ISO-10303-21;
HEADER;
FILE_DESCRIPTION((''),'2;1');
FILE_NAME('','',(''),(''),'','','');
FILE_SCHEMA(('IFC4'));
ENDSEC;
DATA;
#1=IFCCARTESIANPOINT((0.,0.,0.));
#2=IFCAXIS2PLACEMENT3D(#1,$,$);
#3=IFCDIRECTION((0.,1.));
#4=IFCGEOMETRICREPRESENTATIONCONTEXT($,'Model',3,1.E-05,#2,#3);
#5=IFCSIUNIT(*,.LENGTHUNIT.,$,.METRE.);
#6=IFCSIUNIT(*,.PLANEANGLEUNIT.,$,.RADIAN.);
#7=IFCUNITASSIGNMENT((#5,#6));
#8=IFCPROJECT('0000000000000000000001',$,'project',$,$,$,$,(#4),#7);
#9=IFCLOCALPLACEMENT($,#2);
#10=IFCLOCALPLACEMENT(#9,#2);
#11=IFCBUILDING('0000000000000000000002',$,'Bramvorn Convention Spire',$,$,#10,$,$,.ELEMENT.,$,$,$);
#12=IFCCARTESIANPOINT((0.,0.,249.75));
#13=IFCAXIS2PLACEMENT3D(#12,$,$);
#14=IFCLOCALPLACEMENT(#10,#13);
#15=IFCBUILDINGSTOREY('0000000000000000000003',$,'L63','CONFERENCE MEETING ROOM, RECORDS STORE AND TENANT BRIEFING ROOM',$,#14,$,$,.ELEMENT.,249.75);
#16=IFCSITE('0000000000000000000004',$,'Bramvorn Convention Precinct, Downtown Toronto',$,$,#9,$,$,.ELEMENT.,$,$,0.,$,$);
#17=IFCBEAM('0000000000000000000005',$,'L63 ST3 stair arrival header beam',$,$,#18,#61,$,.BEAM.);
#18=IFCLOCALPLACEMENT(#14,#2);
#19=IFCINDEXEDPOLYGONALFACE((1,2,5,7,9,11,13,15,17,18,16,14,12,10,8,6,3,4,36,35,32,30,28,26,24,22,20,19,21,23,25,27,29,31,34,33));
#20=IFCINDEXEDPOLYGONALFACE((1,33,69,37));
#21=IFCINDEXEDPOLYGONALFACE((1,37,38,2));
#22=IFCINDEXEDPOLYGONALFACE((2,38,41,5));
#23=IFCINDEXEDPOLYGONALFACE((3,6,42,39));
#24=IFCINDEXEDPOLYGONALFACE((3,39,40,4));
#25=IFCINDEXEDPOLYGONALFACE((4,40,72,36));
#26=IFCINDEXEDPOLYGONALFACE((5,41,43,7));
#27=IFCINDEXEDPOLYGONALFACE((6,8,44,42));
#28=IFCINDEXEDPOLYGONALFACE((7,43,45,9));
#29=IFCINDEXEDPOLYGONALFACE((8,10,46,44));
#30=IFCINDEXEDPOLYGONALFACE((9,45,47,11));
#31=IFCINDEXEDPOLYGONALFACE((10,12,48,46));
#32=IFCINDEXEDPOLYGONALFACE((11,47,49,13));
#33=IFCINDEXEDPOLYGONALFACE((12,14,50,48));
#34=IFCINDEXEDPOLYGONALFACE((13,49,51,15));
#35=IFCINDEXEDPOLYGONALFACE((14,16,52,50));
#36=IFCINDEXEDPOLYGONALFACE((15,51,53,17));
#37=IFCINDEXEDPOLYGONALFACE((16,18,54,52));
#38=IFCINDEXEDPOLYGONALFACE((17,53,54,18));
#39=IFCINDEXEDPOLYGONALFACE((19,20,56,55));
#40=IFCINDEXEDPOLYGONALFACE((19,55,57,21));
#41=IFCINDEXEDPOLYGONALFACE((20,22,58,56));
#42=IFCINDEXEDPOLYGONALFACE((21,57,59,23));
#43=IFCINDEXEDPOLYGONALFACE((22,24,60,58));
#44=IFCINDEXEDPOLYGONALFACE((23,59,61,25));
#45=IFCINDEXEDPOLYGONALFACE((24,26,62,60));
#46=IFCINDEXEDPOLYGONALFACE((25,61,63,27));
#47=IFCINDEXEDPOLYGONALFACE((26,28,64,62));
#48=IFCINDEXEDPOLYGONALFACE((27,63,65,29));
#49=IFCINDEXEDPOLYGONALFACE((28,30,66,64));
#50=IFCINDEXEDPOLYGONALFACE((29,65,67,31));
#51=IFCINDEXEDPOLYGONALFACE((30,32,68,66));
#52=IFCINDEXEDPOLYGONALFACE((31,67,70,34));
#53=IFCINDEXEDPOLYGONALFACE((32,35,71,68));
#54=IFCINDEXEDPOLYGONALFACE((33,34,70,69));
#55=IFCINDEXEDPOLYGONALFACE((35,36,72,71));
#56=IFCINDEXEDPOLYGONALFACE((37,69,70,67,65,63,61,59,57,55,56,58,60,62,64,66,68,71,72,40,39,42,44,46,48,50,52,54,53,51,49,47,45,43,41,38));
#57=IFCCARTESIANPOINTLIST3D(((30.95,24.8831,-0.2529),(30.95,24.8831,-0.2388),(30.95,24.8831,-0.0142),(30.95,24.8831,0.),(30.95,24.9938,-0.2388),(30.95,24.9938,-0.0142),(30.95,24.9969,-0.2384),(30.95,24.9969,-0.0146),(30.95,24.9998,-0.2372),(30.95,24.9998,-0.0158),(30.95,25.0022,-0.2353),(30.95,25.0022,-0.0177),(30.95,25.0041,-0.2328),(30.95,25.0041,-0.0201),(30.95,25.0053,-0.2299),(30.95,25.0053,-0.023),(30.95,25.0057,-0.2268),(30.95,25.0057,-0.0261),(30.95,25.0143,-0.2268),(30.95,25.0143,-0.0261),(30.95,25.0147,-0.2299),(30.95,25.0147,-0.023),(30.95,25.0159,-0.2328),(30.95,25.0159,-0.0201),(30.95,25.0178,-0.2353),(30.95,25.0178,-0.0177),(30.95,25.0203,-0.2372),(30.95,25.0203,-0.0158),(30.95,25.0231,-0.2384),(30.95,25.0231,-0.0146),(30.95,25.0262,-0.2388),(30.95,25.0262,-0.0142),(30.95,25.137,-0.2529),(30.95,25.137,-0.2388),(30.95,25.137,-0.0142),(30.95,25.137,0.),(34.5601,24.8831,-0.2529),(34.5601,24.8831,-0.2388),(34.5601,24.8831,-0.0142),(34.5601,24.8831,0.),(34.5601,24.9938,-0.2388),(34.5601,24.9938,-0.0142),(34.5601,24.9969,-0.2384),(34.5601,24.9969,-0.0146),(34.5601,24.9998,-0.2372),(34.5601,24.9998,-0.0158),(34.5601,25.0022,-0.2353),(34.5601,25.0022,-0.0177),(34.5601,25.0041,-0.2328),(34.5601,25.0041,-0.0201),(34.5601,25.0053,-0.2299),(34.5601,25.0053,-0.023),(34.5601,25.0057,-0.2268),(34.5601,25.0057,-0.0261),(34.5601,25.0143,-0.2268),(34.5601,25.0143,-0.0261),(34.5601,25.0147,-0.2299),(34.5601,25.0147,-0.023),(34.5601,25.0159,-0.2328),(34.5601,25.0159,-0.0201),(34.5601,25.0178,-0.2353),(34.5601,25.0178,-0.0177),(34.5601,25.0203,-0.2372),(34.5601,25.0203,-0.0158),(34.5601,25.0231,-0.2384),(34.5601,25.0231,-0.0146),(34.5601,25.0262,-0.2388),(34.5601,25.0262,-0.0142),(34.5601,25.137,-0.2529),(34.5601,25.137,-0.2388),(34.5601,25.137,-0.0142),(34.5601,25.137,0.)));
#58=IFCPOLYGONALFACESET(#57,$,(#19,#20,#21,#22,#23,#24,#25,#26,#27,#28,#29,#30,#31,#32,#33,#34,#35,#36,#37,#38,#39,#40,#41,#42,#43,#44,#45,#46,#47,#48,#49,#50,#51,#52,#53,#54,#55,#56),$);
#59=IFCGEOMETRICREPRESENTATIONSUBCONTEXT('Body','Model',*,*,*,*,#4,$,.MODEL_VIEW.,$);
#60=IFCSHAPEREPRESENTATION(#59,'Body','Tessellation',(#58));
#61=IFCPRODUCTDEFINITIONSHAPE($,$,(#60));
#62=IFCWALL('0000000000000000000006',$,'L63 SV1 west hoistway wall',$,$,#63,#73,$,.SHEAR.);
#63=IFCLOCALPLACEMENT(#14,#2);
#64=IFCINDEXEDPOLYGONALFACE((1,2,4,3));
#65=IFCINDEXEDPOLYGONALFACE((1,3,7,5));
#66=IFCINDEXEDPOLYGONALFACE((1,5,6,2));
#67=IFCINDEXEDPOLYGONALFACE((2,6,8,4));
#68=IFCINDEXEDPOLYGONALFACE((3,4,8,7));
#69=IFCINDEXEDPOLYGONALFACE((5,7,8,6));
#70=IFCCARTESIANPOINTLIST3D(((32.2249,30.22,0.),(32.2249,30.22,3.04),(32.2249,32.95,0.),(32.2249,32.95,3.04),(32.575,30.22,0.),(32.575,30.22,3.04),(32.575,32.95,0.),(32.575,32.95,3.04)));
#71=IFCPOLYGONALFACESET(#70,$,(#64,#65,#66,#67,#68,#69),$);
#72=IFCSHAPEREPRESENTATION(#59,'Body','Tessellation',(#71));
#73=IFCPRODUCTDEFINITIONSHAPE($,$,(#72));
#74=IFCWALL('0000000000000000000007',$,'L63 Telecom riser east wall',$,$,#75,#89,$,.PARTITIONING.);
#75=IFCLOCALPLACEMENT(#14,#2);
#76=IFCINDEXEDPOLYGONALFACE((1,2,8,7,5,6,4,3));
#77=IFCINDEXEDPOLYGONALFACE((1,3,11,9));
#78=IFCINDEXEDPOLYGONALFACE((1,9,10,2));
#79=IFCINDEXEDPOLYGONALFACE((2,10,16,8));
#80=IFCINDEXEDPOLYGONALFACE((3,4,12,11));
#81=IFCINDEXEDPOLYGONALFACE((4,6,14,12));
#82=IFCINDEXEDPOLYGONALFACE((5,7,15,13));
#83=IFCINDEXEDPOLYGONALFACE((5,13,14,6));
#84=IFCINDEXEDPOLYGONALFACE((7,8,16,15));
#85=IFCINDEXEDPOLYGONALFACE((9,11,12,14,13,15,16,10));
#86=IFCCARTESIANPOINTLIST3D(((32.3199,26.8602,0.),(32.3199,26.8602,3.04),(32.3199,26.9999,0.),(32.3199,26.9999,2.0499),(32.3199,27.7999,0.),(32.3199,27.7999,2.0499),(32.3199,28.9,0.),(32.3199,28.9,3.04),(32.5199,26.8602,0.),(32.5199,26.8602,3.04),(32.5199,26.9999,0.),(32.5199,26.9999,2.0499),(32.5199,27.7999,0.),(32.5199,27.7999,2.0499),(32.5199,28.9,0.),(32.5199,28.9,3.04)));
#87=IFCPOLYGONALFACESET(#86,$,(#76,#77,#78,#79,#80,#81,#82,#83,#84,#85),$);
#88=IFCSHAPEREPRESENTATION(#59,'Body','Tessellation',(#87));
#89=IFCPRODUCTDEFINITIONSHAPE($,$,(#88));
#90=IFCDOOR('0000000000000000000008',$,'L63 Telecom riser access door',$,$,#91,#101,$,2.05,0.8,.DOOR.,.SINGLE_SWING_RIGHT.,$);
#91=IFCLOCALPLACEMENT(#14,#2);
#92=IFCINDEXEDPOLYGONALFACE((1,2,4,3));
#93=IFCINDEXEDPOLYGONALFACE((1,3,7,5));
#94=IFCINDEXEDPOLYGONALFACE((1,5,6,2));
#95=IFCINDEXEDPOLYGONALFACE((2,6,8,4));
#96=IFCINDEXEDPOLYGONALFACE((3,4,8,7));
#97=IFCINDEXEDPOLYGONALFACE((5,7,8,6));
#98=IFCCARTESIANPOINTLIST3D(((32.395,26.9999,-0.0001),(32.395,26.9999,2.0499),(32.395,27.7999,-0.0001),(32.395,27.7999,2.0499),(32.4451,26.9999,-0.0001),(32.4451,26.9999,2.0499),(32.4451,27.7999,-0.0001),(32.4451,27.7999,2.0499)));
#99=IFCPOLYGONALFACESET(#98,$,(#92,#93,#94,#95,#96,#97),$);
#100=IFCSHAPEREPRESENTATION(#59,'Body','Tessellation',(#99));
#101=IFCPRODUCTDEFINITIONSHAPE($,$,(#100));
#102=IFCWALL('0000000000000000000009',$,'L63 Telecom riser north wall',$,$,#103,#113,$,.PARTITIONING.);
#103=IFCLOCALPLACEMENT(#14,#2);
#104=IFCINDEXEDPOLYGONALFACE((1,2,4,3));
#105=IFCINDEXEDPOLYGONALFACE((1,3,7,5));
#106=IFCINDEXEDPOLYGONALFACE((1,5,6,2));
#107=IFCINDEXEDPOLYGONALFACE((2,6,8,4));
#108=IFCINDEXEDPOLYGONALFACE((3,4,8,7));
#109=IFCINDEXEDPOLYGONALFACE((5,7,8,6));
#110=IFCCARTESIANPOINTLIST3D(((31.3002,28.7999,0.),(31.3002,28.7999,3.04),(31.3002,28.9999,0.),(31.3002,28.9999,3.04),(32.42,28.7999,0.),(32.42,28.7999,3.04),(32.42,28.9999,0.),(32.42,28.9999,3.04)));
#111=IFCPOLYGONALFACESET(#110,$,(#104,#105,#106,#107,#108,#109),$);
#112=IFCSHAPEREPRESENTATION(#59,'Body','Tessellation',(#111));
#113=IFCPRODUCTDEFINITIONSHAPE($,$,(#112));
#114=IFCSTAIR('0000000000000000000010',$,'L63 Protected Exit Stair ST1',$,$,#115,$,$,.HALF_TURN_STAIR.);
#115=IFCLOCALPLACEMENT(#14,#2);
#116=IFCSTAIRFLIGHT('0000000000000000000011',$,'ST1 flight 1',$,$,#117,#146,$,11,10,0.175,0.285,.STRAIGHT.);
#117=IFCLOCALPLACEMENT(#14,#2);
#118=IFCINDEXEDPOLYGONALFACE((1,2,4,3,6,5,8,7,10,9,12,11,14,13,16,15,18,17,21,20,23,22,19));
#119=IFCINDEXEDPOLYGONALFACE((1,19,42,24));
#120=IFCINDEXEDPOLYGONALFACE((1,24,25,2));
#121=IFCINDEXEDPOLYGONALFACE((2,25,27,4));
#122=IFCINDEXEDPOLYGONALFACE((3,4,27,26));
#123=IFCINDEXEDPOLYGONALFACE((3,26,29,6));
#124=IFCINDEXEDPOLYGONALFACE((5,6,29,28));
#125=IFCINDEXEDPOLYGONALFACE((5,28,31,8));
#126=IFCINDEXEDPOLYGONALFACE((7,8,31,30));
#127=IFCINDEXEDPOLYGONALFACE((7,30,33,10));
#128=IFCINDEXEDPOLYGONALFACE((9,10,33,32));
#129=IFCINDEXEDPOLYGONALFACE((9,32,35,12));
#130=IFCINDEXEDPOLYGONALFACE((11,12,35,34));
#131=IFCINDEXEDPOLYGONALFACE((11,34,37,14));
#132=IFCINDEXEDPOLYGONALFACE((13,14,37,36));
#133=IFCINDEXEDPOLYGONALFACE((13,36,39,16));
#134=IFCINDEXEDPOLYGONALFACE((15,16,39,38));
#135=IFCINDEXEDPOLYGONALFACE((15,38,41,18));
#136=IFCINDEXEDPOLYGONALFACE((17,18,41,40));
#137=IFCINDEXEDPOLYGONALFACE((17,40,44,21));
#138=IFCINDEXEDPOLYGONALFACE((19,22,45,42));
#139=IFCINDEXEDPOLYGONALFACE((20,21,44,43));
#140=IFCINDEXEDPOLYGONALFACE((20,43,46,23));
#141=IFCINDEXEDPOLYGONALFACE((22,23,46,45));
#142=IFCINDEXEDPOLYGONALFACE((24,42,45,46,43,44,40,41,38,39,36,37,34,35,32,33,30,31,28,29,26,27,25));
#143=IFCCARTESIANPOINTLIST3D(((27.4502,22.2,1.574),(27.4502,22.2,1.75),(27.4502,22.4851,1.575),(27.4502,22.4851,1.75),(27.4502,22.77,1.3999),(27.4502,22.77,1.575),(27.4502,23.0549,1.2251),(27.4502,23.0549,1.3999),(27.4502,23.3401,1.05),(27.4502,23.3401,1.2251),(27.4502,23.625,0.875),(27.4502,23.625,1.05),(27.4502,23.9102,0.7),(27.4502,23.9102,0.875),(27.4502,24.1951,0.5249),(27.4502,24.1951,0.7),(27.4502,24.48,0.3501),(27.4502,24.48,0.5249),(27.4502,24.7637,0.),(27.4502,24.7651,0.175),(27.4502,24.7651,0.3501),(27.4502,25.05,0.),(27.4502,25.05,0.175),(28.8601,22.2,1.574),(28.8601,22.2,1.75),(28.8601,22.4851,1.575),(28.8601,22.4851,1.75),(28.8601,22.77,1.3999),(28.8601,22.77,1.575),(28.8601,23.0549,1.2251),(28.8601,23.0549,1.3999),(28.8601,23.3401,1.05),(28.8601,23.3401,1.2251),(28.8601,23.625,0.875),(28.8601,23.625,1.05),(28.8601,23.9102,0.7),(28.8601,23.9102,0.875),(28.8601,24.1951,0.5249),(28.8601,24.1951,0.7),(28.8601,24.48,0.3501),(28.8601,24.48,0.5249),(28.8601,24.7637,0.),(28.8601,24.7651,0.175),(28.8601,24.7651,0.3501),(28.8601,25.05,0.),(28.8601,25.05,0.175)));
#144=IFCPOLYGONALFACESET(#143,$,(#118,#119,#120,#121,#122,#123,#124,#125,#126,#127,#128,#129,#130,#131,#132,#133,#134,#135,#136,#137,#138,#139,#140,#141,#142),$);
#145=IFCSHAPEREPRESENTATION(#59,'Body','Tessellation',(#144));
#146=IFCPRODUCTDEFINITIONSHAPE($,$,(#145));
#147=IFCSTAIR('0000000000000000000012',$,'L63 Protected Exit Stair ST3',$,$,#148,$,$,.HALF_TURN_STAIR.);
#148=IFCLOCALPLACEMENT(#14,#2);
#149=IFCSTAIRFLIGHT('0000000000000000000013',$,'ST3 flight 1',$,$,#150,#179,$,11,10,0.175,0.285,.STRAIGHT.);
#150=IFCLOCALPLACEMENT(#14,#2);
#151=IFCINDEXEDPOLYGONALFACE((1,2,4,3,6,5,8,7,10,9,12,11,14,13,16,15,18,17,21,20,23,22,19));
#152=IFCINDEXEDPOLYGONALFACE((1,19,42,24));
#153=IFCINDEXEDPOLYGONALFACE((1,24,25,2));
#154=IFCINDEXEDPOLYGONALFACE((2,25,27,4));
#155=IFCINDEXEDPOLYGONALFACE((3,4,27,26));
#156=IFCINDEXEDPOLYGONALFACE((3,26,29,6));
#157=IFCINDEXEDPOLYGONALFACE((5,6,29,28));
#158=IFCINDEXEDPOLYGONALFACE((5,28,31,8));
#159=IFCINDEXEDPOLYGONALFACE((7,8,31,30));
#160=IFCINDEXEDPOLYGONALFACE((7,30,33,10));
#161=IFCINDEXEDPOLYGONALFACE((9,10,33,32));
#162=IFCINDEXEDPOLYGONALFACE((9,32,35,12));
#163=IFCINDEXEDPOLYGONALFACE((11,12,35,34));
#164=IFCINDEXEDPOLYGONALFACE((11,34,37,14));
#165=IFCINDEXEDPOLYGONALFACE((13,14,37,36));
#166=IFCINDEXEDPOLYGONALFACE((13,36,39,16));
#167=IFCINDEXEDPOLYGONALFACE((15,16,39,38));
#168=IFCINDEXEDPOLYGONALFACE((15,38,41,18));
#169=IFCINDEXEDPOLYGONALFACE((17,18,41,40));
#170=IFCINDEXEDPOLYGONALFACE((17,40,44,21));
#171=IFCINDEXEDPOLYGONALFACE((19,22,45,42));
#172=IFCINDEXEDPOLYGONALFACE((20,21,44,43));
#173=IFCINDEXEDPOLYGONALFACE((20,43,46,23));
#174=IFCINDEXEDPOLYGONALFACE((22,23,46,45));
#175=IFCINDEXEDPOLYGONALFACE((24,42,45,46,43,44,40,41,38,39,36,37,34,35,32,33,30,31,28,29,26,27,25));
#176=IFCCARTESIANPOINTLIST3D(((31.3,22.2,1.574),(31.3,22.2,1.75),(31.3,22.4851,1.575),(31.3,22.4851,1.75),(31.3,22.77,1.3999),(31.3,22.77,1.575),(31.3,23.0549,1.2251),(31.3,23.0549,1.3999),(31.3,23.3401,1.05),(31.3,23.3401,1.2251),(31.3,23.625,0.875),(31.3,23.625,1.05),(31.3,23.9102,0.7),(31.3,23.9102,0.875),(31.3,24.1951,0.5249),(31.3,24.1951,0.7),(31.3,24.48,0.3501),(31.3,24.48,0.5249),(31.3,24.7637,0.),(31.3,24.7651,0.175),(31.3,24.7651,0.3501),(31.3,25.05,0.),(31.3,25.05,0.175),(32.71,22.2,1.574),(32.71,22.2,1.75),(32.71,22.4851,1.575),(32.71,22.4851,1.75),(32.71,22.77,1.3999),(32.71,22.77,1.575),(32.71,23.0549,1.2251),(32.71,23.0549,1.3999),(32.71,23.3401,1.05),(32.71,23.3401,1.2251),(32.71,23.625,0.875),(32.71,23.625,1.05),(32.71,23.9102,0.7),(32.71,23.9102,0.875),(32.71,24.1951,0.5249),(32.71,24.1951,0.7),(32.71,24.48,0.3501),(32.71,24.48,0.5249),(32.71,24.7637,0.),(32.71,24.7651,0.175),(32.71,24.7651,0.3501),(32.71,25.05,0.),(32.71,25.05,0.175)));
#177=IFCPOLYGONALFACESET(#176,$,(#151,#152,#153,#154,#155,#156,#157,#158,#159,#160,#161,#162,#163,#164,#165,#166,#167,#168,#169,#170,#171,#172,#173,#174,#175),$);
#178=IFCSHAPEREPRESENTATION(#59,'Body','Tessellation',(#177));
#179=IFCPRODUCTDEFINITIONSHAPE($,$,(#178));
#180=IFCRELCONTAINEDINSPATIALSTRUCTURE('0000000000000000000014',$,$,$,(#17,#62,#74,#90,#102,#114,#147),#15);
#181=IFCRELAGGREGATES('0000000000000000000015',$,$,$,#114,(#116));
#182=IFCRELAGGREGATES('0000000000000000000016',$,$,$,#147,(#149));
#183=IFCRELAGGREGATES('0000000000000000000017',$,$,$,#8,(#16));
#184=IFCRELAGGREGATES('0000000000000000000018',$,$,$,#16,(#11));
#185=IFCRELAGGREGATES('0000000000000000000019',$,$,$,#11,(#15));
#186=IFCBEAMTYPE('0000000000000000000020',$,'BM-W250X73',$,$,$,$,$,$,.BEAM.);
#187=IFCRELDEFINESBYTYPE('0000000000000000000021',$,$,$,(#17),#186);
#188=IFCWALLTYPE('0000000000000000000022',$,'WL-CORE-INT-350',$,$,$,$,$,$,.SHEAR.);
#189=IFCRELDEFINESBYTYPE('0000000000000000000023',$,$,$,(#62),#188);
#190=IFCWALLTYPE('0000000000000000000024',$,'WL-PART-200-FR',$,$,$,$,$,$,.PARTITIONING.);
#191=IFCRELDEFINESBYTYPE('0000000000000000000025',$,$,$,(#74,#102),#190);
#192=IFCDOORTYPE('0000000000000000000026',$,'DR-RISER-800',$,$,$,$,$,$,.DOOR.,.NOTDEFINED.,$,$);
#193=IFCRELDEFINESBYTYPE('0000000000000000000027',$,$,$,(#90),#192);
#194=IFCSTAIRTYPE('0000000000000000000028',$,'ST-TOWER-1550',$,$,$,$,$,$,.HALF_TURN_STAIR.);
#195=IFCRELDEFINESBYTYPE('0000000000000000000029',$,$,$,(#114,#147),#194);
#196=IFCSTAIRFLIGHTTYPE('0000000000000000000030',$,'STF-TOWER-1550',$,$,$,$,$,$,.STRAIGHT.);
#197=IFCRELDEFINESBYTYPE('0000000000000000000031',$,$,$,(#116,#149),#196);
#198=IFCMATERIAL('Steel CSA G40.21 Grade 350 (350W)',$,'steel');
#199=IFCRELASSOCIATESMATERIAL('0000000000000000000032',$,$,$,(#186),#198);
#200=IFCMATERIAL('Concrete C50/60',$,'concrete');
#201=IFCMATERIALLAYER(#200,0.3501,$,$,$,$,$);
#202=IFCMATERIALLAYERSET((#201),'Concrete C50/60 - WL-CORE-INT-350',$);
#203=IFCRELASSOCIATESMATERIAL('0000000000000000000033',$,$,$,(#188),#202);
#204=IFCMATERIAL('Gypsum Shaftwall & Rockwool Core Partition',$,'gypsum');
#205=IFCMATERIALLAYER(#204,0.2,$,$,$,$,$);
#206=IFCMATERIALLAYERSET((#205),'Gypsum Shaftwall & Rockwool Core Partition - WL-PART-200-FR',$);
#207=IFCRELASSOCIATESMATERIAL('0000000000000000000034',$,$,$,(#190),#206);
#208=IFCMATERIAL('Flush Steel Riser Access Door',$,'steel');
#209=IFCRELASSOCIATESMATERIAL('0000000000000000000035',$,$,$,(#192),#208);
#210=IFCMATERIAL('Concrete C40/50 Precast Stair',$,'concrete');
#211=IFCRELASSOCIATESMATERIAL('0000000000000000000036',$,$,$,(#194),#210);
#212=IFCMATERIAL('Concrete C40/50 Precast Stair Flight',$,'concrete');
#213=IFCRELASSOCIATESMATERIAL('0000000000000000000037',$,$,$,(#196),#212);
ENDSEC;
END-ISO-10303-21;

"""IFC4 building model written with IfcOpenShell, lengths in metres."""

from ifc_helpers import new_model, si_unit, direction, frame, frame_2d, origin, origin_2d, place, context, subcontext, project, spatial, polyline, rectangle, i_section, outline, extrude, material, layer, layer_set, material_profile, profile_set, type_object, element, fill, aggregate, save


model = new_model("IFC4")

# Units and contexts
model_context = context("Model", 3, precision=1e-05, world=origin(), true_north=direction((0.0, 1.0)))
body_context = subcontext(model_context, "Body", "Model", "MODEL_VIEW")
ifc_project = project(units=[si_unit("LENGTHUNIT", "METRE"), si_unit("PLANEANGLEUNIT", "RADIAN")], contexts=[model_context])

# Site, building, storey
site_placement = place(None, origin())
site = spatial("IfcSite", under=ifc_project, at=site_placement, Name="Bramvorn Convention Precinct, Downtown Toronto", CompositionType="ELEMENT", RefElevation=0.0)
building_placement = place(site_placement, origin())
building = spatial("IfcBuilding", under=site, at=building_placement, Name="Bramvorn Convention Spire", CompositionType="ELEMENT")
storey_placement = place(building_placement, frame((0.0, 0.0, 249.75)))
storey = spatial("IfcBuildingStorey", under=building, at=storey_placement, Name="L63", Description="CONFERENCE MEETING ROOM, RECORDS STORE AND TENANT BRIEFING ROOM", CompositionType="ELEMENT", Elevation=249.75)

# Beam
ifc_material_1 = material(Name="Steel CSA G40.21 Grade 350 (350W)", Category="steel")
ifc_material_profile = material_profile(ifc_material_1, i_section(OverallWidth=0.2539, OverallDepth=0.2529, WebThickness=0.0085, FlangeThickness=0.0142, FilletRadius=0.012, at=origin_2d()))
ifc_profile_set = profile_set([ifc_material_profile], Name="Steel CSA G40.21 Grade 350 (350W) - W250X73")
beam_type = type_object("IfcBeamType", Name="BM-W250X73", PredefinedType="BEAM", material=ifc_profile_set)
beam_placement = place(storey_placement, frame((30.95, 25.01, -0.1265), z_axis=(1.0, 0.0, 0.0), x_axis=(0.0, 1.0, 0.0)))
element("IfcBeam", 1, at=beam_placement, inside=storey, type_object=beam_type, Name="L63 ST3 stair arrival header beam", PredefinedType="BEAM", context=body_context, shape_type="SweptSolid", body=[
    extrude(i_section(OverallWidth=0.2539, OverallDepth=0.2529, WebThickness=0.0085, FlangeThickness=0.0142, FilletRadius=0.012, at=origin_2d()), origin(), (0.0, 0.0, 1.0), 3.6101),
])

# Shared definitions
ifc_material_2 = material(Name="Concrete C50/60", Category="concrete")
ifc_layer_1 = layer(ifc_material_2, 0.3501)
ifc_layer_set_1 = layer_set([ifc_layer_1], Name="Concrete C50/60 - WL-CORE-INT-350")
wall_type_1 = type_object("IfcWallType", Name="WL-CORE-INT-350", PredefinedType="SHEAR", material=ifc_layer_set_1)

# Wall
wall_1_placement = place(storey_placement, frame((32.3999, 30.22, 0.0), z_axis=(0.0, 0.0, 1.0), x_axis=(0.0, 1.0, 0.0)))
element("IfcWall", 2, at=wall_1_placement, inside=storey, type_object=wall_type_1, Name="L63 SV1 west hoistway wall", PredefinedType="SHEAR", context=body_context, shape_type="SweptSolid", body=[
    extrude(rectangle(XDim=2.73, YDim=0.3501, at=frame_2d((1.365, 0.0))), origin(), (0.0, 0.0, 1.0), 3.04),
])

# Wall, opening, door
ifc_material_3 = material(Name="Gypsum Shaftwall & Rockwool Core Partition", Category="gypsum")
ifc_layer_2 = layer(ifc_material_3, 0.2)
ifc_layer_set_2 = layer_set([ifc_layer_2], Name="Gypsum Shaftwall & Rockwool Core Partition - WL-PART-200-FR")
wall_type_2 = type_object("IfcWallType", Name="WL-PART-200-FR", PredefinedType="PARTITIONING", material=ifc_layer_set_2)
wall_2_placement = place(storey_placement, frame((32.4199, 26.8601, 0.0), z_axis=(0.0, 0.0, 1.0), x_axis=(0.0, 1.0, 0.0)))
wall_2 = element("IfcWall", 3, at=wall_2_placement, inside=storey, type_object=wall_type_2, Name="L63 Telecom riser east wall", PredefinedType="PARTITIONING", context=body_context, shape_type="SweptSolid", body=[
    extrude(rectangle(XDim=2.0398, YDim=0.2, at=frame_2d((1.02, 0.0))), origin(), (0.0, 0.0, 1.0), 3.04),
])
opening_1_placement = place(wall_2_placement, frame((0.1399, 0.0, 0.0)))
opening_1 = element("IfcOpeningElement", 4, at=opening_1_placement, cuts=wall_2, PredefinedType="OPENING", context=body_context, shape_type="SweptSolid", body=[
    extrude(rectangle(XDim=0.8, YDim=2.05, at=frame_2d((0.3999, 1.0249))), frame((0.0, 0.1099, 0.0), z_axis=(0.0, -1.0, 0.0), x_axis=(1.0, 0.0, 0.0)), (0.0, 0.0, 1.0), 0.22),
])
ifc_material_4 = material(Name="Flush Steel Riser Access Door", Category="steel")
door_type_1 = type_object("IfcDoorType", Name="DR-RISER-800", OperationType="NOTDEFINED", PredefinedType="DOOR", material=ifc_material_4)
door_1_placement = place(opening_1_placement, origin())
door_1 = element("IfcDoor", 5, at=door_1_placement, inside=storey, type_object=door_type_1, Name="L63 Telecom riser access door", OperationType="SINGLE_SWING_RIGHT", OverallHeight=2.05, OverallWidth=0.8, PredefinedType="DOOR", context=body_context, shape_type="SweptSolid", body=[
    extrude(rectangle(XDim=0.8, YDim=2.05, at=frame_2d((0.3999, 1.0249))), frame((0.0, 0.0249, 0.0), z_axis=(0.0, -1.0, 0.0), x_axis=(1.0, 0.0, 0.0)), (0.0, 0.0, 1.0), 0.05),
])
fill(opening_1, door_1)

# Wall
wall_3_placement = place(storey_placement, frame((31.3, 28.8999, 0.0), z_axis=(0.0, 0.0, 1.0), x_axis=(1.0, 0.0, 0.0)))
element("IfcWall", 6, at=wall_3_placement, inside=storey, type_object=wall_type_2, Name="L63 Telecom riser north wall", PredefinedType="PARTITIONING", context=body_context, shape_type="SweptSolid", body=[
    extrude(rectangle(XDim=1.1199, YDim=0.2, at=frame_2d((0.5601, 0.0))), origin(), (0.0, 0.0, 1.0), 3.04),
])

# Stairs, stair flights
ifc_material_5 = material(Name="Concrete C40/50 Precast Stair", Category="concrete")
stair_type = type_object("IfcStairType", Name="ST-TOWER-1550", PredefinedType="HALF_TURN_STAIR", material=ifc_material_5)
stair_1_placement = place(storey_placement, origin())
stair_1 = element("IfcStair", 7, at=stair_1_placement, inside=storey, type_object=stair_type, Name="L63 Protected Exit Stair ST1", PredefinedType="HALF_TURN_STAIR")
ifc_material_6 = material(Name="Concrete C40/50 Precast Stair Flight", Category="concrete")
stair_flight_type = type_object("IfcStairFlightType", Name="STF-TOWER-1550", PredefinedType="STRAIGHT", material=ifc_material_6)
stair_flight_1_placement = place(storey_placement, frame((28.155, 25.05, 0.0), z_axis=(0.0, 0.0, 1.0), x_axis=(0.0, -1.0, 0.0)))
stair_flight_1 = element("IfcStairFlight", 8, at=stair_flight_1_placement, type_object=stair_flight_type, Name="ST1 flight 1", NumberOfRisers=11, NumberOfTreads=10, PredefinedType="STRAIGHT", RiserHeight=0.175, TreadLength=0.285, context=body_context, shape_type="SweptSolid", body=[
    extrude(outline(polyline([(0.0, 0.0), (0.0, 0.175), (0.2849, 0.175), (0.2849, 0.3501), (0.5701, 0.3501), (0.5701, 0.5249), (0.855, 0.5249), (0.855, 0.7), (1.1399, 0.7), (1.1399, 0.875), (1.425, 0.875), (1.425, 1.05), (1.71, 1.05), (1.71, 1.2251), (1.9951, 1.2251), (1.9951, 1.3999), (2.28, 1.3999), (2.28, 1.575), (2.5649, 1.575), (2.5649, 1.75), (2.8501, 1.75), (2.8501, 1.925), (2.8501, 1.574), (0.2864, 0.0), (0.0, 0.0)])), frame((0.0, 0.7051, 0.0), z_axis=(0.0, -1.0, 0.0), x_axis=(1.0, 0.0, 0.0)), (0.0, 0.0, 1.0), 1.4099),
])
aggregate(stair_1, [stair_flight_1])
stair_2_placement = place(storey_placement, origin())
stair_2 = element("IfcStair", 9, at=stair_2_placement, inside=storey, type_object=stair_type, Name="L63 Protected Exit Stair ST3", PredefinedType="HALF_TURN_STAIR")
stair_flight_2_placement = place(storey_placement, frame((32.0049, 25.05, 0.0), z_axis=(0.0, 0.0, 1.0), x_axis=(0.0, -1.0, 0.0)))
stair_flight_2 = element("IfcStairFlight", 10, at=stair_flight_2_placement, type_object=stair_flight_type, Name="ST3 flight 1", NumberOfRisers=11, NumberOfTreads=10, PredefinedType="STRAIGHT", RiserHeight=0.175, TreadLength=0.285, context=body_context, shape_type="SweptSolid", body=[
    extrude(outline(polyline([(0.0, 0.0), (0.0, 0.175), (0.2849, 0.175), (0.2849, 0.3501), (0.5701, 0.3501), (0.5701, 0.5249), (0.855, 0.5249), (0.855, 0.7), (1.1399, 0.7), (1.1399, 0.875), (1.425, 0.875), (1.425, 1.05), (1.71, 1.05), (1.71, 1.2251), (1.9951, 1.2251), (1.9951, 1.3999), (2.28, 1.3999), (2.28, 1.575), (2.5649, 1.575), (2.5649, 1.75), (2.8501, 1.75), (2.8501, 1.925), (2.8501, 1.574), (0.2864, 0.0), (0.0, 0.0)])), frame((0.0, 0.7051, 0.0), z_axis=(0.0, -1.0, 0.0), x_axis=(1.0, 0.0, 0.0)), (0.0, 0.0, 1.0), 1.4099),
])
aggregate(stair_2, [stair_flight_2])

save(model, "model.ifc")
